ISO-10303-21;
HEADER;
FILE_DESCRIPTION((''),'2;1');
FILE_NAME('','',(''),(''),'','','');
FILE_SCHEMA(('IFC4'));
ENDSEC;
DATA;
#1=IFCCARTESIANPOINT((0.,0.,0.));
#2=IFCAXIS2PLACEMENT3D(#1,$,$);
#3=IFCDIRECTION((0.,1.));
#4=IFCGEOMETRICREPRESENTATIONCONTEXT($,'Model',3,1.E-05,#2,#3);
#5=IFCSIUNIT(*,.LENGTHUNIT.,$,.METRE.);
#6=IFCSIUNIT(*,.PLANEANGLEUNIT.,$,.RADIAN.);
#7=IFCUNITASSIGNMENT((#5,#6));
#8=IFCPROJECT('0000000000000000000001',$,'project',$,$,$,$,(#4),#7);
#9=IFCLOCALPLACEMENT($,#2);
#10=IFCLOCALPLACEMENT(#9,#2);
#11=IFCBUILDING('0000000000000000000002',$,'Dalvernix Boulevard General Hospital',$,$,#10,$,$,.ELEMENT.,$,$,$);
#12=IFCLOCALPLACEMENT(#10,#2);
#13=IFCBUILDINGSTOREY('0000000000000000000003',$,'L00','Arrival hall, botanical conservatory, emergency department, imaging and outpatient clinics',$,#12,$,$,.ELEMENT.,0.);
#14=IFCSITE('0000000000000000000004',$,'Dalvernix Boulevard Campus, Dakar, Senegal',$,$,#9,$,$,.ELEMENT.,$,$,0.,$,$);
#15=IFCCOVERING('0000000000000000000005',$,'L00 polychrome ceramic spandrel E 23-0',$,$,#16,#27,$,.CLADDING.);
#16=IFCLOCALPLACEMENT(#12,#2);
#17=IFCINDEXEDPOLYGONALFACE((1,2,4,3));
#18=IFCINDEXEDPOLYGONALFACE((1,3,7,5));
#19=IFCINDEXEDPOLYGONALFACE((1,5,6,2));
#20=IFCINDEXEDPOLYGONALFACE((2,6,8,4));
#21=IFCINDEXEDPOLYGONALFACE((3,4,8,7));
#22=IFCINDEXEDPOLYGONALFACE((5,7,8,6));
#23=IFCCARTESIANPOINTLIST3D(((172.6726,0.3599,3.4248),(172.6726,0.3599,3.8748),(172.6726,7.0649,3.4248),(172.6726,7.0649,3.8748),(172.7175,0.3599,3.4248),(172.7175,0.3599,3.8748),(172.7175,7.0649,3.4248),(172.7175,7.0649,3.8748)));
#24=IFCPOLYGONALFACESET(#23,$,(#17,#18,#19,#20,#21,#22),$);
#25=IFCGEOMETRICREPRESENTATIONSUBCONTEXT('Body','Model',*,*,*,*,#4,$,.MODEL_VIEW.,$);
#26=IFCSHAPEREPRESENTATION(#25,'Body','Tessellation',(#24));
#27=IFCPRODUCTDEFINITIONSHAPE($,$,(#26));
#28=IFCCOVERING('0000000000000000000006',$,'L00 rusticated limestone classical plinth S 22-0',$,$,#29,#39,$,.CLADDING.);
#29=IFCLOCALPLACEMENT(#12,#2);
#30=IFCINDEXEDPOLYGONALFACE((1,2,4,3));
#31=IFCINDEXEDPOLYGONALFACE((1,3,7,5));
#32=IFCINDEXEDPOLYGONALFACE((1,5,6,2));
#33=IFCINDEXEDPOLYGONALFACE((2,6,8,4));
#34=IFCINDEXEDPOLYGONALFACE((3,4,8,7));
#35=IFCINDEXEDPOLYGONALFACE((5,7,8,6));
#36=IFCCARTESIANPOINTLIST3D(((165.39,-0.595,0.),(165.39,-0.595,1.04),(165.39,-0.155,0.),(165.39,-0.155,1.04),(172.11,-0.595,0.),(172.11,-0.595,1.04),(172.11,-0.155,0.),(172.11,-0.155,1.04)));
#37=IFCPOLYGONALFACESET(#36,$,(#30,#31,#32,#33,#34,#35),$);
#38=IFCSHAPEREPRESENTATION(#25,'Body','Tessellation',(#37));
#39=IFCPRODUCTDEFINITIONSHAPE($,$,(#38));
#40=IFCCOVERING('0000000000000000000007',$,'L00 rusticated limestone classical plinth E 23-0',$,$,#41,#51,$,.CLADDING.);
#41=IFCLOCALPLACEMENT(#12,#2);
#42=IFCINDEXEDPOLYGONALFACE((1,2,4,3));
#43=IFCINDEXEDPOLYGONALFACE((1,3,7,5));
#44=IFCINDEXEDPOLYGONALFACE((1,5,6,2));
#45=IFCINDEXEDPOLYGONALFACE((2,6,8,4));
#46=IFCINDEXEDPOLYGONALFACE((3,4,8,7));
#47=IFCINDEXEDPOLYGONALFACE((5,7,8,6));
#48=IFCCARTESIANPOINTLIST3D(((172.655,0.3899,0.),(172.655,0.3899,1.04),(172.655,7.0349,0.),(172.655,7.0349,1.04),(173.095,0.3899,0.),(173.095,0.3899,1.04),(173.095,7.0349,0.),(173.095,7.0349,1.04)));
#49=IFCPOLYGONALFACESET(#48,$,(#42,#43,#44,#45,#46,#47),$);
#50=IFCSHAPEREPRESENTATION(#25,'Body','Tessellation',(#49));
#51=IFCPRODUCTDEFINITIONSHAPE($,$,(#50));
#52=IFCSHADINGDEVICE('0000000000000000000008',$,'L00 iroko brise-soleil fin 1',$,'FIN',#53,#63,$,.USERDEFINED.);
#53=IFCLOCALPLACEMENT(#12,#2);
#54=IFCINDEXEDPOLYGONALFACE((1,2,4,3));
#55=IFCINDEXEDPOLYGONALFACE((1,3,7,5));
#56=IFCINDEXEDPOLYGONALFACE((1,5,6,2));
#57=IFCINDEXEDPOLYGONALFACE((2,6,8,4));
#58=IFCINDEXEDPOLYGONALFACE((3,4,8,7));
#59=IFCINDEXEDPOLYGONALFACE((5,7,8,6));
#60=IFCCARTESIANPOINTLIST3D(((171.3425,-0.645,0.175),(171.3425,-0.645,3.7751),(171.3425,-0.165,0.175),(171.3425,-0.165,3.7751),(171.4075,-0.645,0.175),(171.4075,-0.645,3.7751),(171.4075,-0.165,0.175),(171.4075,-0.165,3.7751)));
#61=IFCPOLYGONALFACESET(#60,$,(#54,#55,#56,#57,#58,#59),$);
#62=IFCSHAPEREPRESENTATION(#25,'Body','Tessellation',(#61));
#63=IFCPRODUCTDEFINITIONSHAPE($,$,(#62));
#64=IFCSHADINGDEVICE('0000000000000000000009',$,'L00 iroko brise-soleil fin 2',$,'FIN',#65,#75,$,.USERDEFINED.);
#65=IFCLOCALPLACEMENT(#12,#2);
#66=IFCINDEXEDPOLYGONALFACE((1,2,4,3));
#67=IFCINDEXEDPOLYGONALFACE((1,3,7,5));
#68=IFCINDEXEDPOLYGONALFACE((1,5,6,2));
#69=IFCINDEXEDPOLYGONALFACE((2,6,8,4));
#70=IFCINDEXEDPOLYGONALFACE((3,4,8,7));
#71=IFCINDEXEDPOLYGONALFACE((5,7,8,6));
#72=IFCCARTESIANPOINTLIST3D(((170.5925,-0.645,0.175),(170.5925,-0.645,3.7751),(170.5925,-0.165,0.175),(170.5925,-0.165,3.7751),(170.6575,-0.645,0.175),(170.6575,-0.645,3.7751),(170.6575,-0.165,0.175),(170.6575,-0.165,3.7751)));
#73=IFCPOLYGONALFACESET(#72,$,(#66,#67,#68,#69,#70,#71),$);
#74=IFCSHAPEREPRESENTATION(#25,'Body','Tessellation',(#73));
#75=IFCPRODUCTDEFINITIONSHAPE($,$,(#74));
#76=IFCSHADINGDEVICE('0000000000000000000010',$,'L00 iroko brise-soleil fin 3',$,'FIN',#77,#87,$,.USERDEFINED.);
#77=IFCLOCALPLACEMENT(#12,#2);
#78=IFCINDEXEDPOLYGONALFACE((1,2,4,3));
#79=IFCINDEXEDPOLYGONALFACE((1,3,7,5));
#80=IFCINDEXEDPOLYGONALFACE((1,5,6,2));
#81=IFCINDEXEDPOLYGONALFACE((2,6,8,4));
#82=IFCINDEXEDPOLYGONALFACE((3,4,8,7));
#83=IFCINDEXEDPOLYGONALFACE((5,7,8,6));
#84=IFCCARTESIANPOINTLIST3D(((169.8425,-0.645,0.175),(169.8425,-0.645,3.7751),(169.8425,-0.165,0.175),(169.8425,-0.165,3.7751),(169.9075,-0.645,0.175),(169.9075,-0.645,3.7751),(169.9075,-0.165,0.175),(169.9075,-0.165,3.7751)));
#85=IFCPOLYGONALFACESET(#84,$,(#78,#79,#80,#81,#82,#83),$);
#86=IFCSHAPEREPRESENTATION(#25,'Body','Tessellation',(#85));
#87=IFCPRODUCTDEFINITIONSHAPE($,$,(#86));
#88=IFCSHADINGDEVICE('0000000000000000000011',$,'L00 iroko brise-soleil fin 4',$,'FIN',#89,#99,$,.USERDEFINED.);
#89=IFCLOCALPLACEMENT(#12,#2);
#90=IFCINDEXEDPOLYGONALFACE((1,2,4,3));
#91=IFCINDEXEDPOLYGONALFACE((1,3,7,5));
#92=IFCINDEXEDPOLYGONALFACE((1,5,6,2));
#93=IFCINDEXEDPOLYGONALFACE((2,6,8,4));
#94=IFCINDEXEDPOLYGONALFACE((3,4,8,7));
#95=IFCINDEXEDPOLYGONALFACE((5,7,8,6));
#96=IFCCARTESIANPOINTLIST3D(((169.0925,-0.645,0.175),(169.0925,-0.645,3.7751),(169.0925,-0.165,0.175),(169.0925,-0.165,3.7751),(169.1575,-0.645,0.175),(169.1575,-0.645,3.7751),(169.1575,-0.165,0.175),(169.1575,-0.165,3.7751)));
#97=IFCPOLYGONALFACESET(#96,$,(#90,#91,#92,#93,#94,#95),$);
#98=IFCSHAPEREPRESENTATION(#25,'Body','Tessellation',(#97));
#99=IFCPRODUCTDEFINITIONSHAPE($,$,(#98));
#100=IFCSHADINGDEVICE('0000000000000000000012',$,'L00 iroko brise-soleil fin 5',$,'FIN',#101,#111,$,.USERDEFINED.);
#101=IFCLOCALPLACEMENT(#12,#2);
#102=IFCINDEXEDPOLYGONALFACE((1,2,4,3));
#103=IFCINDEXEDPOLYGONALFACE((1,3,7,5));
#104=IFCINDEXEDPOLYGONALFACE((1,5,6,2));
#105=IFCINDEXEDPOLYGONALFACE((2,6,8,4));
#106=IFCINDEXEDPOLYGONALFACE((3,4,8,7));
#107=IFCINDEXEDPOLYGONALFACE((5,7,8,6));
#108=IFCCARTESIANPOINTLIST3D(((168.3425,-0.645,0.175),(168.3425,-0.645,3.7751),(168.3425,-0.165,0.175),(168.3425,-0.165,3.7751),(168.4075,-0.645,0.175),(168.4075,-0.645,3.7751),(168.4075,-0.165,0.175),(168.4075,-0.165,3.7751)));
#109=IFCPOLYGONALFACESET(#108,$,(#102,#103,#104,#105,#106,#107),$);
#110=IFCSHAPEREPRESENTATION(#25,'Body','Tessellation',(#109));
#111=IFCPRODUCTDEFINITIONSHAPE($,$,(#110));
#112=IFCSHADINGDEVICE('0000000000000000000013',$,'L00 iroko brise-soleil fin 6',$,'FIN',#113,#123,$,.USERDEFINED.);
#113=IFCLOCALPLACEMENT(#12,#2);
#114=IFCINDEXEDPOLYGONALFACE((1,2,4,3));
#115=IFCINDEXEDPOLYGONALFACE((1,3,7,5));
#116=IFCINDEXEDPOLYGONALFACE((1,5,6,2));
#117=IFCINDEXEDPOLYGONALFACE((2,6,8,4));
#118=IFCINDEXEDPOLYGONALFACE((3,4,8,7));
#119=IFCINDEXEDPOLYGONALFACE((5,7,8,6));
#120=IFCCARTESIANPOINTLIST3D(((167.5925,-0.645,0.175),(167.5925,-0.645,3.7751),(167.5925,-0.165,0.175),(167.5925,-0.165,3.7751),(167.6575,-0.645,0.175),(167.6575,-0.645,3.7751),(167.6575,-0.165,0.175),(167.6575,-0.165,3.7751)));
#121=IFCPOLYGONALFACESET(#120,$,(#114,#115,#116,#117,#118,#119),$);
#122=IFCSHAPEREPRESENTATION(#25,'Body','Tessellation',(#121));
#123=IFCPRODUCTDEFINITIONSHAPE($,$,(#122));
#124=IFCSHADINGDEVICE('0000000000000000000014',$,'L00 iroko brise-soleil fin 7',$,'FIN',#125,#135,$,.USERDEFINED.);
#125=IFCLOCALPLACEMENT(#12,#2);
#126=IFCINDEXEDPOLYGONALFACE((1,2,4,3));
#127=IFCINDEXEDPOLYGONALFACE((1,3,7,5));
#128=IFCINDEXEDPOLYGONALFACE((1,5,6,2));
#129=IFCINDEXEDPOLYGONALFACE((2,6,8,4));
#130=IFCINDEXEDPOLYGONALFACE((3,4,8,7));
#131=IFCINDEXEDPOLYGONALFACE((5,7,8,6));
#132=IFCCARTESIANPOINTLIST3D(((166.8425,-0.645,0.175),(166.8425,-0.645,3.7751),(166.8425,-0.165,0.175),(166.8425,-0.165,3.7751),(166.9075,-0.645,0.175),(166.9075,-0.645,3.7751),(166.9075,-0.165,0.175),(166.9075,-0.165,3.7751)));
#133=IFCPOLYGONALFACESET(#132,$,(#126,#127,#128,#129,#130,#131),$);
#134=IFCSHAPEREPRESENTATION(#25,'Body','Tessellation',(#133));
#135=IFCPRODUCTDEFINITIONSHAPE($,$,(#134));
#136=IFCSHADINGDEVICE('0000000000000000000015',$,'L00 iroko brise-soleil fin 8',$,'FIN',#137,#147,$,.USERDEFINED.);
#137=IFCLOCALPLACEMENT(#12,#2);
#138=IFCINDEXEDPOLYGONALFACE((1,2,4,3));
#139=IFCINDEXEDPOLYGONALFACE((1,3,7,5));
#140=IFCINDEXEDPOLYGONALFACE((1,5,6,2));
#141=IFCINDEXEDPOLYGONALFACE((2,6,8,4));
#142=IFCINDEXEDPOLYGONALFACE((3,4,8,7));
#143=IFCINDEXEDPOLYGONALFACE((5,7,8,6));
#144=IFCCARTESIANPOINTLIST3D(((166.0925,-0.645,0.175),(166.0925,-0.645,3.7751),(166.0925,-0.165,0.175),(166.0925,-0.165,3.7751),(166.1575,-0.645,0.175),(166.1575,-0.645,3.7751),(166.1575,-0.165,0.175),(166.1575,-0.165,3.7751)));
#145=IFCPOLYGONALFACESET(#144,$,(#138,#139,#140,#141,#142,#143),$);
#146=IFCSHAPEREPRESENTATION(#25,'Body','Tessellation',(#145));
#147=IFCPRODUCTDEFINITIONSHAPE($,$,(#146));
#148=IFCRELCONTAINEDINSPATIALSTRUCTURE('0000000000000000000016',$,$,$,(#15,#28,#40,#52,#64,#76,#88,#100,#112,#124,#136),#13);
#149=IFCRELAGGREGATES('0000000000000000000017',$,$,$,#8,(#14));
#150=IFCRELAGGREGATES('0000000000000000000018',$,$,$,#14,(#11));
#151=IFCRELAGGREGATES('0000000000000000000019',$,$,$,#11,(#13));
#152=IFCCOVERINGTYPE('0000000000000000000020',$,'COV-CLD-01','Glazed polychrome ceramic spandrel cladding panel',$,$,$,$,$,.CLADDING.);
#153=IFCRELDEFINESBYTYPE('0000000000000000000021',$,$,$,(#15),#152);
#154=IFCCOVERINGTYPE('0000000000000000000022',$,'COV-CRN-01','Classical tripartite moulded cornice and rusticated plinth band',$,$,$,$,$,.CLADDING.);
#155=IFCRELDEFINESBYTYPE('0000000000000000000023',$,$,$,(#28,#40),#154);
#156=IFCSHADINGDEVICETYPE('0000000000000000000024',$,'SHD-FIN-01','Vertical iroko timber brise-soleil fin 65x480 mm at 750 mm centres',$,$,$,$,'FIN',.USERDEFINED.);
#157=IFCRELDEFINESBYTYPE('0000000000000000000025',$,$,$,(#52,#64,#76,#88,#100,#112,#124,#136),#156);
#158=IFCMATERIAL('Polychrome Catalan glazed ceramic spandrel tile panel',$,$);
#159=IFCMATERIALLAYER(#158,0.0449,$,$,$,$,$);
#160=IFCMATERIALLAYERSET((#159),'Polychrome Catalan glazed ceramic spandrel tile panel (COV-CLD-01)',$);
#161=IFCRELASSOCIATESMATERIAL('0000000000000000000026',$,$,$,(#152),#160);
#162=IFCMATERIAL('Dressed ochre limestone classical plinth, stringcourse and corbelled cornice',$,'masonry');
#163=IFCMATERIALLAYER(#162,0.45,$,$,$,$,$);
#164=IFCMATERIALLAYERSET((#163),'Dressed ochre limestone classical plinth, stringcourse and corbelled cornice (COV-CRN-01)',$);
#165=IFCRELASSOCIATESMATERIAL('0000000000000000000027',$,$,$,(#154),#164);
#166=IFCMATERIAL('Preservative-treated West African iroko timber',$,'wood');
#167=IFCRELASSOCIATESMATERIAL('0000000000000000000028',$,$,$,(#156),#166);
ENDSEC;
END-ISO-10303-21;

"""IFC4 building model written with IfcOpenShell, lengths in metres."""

from ifc_helpers import new_model, si_unit, direction, frame, origin, origin_2d, place, context, subcontext, project, spatial, rectangle, extrude, material, layer, layer_set, type_object, element, save


model = new_model("IFC4")

# Units and contexts
model_context = context("Model", 3, precision=1e-05, world=origin(), true_north=direction((0.0, 1.0)))
body_context = subcontext(model_context, "Body", "Model", "MODEL_VIEW")
ifc_project = project(units=[si_unit("LENGTHUNIT", "METRE"), si_unit("PLANEANGLEUNIT", "RADIAN")], contexts=[model_context])

# Site, building, storey
site_placement = place(None, origin())
site = spatial("IfcSite", under=ifc_project, at=site_placement, Name="Dalvernix Boulevard Campus, Dakar, Senegal", CompositionType="ELEMENT", RefElevation=0.0)
building_placement = place(site_placement, origin())
building = spatial("IfcBuilding", under=site, at=building_placement, Name="Dalvernix Boulevard General Hospital", CompositionType="ELEMENT")
storey_placement = place(building_placement, origin())
storey = spatial("IfcBuildingStorey", under=building, at=storey_placement, Name="L00", Description="Arrival hall, botanical conservatory, emergency department, imaging and outpatient clinics", CompositionType="ELEMENT", Elevation=0.0)

# Coverings
ifc_material_1 = material(Name="Polychrome Catalan glazed ceramic spandrel tile panel")
ifc_layer_1 = layer(ifc_material_1, 0.0449)
ifc_layer_set_1 = layer_set([ifc_layer_1], Name="Polychrome Catalan glazed ceramic spandrel tile panel (COV-CLD-01)")
covering_type_1 = type_object("IfcCoveringType", Name="COV-CLD-01", Description="Glazed polychrome ceramic spandrel cladding panel", PredefinedType="CLADDING", material=ifc_layer_set_1)
covering_1_placement = place(storey_placement, frame((172.6951, 3.7124, 3.4248), z_axis=(0.0, 0.0, 1.0), x_axis=(0.0, -1.0, 0.0)))
element("IfcCovering", 1, at=covering_1_placement, inside=storey, type_object=covering_type_1, Name="L00 polychrome ceramic spandrel E 23-0", PredefinedType="CLADDING", context=body_context, shape_type="SweptSolid", body=[
    extrude(rectangle(XDim=6.7051, YDim=0.0449, at=origin_2d()), origin(), (0.0, 0.0, 1.0), 0.45),
])
ifc_material_2 = material(Name="Dressed ochre limestone classical plinth, stringcourse and corbelled cornice", Category="masonry")
ifc_layer_2 = layer(ifc_material_2, 0.45)
ifc_layer_set_2 = layer_set([ifc_layer_2], Name="Dressed ochre limestone classical plinth, stringcourse and corbelled cornice (COV-CRN-01)")
covering_type_2 = type_object("IfcCoveringType", Name="COV-CRN-01", Description="Classical tripartite moulded cornice and rusticated plinth band", PredefinedType="CLADDING", material=ifc_layer_set_2)
covering_2_placement = place(storey_placement, frame((168.75, -0.375, 0.0), z_axis=(0.0, 0.0, 1.0), x_axis=(-1.0, 0.0, 0.0)))
element("IfcCovering", 2, at=covering_2_placement, inside=storey, type_object=covering_type_2, Name="L00 rusticated limestone classical plinth S 22-0", PredefinedType="CLADDING", context=body_context, shape_type="SweptSolid", body=[
    extrude(rectangle(XDim=6.72, YDim=0.4399, at=origin_2d()), origin(), (0.0, 0.0, 1.0), 1.04),
])
covering_3_placement = place(storey_placement, frame((172.875, 3.7124, 0.0), z_axis=(0.0, 0.0, 1.0), x_axis=(0.0, -1.0, 0.0)))
element("IfcCovering", 3, at=covering_3_placement, inside=storey, type_object=covering_type_2, Name="L00 rusticated limestone classical plinth E 23-0", PredefinedType="CLADDING", context=body_context, shape_type="SweptSolid", body=[
    extrude(rectangle(XDim=6.645, YDim=0.4399, at=origin_2d()), origin(), (0.0, 0.0, 1.0), 1.04),
])

# Shading devices
ifc_material_3 = material(Name="Preservative-treated West African iroko timber", Category="wood")
shading_device_type = type_object("IfcShadingDeviceType", Name="SHD-FIN-01", Description="Vertical iroko timber brise-soleil fin 65x480 mm at 750 mm centres", ElementType="FIN", PredefinedType="USERDEFINED", material=ifc_material_3)
for number, where, z_axis, x_axis, name in (
    (4, (171.375, -0.405, 0.175), (0.0, 0.0, 1.0), (-1.0, 0.0, 0.0), "L00 iroko brise-soleil fin 1"),
    (5, (170.625, -0.405, 0.175), (0.0, 0.0, 1.0), (-1.0, 0.0, 0.0), "L00 iroko brise-soleil fin 2"),
    (6, (169.875, -0.405, 0.175), (0.0, 0.0, 1.0), (-1.0, 0.0, 0.0), "L00 iroko brise-soleil fin 3"),
    (7, (169.125, -0.405, 0.175), (0.0, 0.0, 1.0), (-1.0, 0.0, 0.0), "L00 iroko brise-soleil fin 4"),
    (8, (168.375, -0.405, 0.175), (0.0, 0.0, 1.0), (-1.0, 0.0, 0.0), "L00 iroko brise-soleil fin 5"),
    (9, (167.625, -0.405, 0.175), (0.0, 0.0, 1.0), (-1.0, 0.0, 0.0), "L00 iroko brise-soleil fin 6"),
    (10, (166.875, -0.405, 0.175), (0.0, 0.0, 1.0), (-1.0, 0.0, 0.0), "L00 iroko brise-soleil fin 7"),
    (11, (166.125, -0.405, 0.175), (0.0, 0.0, 1.0), (-1.0, 0.0, 0.0), "L00 iroko brise-soleil fin 8"),
):
    element("IfcShadingDevice", number, at=place(storey_placement, frame(where, z_axis=z_axis, x_axis=x_axis)), inside=storey, type_object=shading_device_type, Name=name, ObjectType="FIN", PredefinedType="USERDEFINED", context=body_context, shape_type="SweptSolid", body=[
        extrude(rectangle(XDim=0.0649, YDim=0.48, at=origin_2d()), origin(), (0.0, 0.0, 1.0), 3.6001),
    ])

save(model, "model.ifc")
